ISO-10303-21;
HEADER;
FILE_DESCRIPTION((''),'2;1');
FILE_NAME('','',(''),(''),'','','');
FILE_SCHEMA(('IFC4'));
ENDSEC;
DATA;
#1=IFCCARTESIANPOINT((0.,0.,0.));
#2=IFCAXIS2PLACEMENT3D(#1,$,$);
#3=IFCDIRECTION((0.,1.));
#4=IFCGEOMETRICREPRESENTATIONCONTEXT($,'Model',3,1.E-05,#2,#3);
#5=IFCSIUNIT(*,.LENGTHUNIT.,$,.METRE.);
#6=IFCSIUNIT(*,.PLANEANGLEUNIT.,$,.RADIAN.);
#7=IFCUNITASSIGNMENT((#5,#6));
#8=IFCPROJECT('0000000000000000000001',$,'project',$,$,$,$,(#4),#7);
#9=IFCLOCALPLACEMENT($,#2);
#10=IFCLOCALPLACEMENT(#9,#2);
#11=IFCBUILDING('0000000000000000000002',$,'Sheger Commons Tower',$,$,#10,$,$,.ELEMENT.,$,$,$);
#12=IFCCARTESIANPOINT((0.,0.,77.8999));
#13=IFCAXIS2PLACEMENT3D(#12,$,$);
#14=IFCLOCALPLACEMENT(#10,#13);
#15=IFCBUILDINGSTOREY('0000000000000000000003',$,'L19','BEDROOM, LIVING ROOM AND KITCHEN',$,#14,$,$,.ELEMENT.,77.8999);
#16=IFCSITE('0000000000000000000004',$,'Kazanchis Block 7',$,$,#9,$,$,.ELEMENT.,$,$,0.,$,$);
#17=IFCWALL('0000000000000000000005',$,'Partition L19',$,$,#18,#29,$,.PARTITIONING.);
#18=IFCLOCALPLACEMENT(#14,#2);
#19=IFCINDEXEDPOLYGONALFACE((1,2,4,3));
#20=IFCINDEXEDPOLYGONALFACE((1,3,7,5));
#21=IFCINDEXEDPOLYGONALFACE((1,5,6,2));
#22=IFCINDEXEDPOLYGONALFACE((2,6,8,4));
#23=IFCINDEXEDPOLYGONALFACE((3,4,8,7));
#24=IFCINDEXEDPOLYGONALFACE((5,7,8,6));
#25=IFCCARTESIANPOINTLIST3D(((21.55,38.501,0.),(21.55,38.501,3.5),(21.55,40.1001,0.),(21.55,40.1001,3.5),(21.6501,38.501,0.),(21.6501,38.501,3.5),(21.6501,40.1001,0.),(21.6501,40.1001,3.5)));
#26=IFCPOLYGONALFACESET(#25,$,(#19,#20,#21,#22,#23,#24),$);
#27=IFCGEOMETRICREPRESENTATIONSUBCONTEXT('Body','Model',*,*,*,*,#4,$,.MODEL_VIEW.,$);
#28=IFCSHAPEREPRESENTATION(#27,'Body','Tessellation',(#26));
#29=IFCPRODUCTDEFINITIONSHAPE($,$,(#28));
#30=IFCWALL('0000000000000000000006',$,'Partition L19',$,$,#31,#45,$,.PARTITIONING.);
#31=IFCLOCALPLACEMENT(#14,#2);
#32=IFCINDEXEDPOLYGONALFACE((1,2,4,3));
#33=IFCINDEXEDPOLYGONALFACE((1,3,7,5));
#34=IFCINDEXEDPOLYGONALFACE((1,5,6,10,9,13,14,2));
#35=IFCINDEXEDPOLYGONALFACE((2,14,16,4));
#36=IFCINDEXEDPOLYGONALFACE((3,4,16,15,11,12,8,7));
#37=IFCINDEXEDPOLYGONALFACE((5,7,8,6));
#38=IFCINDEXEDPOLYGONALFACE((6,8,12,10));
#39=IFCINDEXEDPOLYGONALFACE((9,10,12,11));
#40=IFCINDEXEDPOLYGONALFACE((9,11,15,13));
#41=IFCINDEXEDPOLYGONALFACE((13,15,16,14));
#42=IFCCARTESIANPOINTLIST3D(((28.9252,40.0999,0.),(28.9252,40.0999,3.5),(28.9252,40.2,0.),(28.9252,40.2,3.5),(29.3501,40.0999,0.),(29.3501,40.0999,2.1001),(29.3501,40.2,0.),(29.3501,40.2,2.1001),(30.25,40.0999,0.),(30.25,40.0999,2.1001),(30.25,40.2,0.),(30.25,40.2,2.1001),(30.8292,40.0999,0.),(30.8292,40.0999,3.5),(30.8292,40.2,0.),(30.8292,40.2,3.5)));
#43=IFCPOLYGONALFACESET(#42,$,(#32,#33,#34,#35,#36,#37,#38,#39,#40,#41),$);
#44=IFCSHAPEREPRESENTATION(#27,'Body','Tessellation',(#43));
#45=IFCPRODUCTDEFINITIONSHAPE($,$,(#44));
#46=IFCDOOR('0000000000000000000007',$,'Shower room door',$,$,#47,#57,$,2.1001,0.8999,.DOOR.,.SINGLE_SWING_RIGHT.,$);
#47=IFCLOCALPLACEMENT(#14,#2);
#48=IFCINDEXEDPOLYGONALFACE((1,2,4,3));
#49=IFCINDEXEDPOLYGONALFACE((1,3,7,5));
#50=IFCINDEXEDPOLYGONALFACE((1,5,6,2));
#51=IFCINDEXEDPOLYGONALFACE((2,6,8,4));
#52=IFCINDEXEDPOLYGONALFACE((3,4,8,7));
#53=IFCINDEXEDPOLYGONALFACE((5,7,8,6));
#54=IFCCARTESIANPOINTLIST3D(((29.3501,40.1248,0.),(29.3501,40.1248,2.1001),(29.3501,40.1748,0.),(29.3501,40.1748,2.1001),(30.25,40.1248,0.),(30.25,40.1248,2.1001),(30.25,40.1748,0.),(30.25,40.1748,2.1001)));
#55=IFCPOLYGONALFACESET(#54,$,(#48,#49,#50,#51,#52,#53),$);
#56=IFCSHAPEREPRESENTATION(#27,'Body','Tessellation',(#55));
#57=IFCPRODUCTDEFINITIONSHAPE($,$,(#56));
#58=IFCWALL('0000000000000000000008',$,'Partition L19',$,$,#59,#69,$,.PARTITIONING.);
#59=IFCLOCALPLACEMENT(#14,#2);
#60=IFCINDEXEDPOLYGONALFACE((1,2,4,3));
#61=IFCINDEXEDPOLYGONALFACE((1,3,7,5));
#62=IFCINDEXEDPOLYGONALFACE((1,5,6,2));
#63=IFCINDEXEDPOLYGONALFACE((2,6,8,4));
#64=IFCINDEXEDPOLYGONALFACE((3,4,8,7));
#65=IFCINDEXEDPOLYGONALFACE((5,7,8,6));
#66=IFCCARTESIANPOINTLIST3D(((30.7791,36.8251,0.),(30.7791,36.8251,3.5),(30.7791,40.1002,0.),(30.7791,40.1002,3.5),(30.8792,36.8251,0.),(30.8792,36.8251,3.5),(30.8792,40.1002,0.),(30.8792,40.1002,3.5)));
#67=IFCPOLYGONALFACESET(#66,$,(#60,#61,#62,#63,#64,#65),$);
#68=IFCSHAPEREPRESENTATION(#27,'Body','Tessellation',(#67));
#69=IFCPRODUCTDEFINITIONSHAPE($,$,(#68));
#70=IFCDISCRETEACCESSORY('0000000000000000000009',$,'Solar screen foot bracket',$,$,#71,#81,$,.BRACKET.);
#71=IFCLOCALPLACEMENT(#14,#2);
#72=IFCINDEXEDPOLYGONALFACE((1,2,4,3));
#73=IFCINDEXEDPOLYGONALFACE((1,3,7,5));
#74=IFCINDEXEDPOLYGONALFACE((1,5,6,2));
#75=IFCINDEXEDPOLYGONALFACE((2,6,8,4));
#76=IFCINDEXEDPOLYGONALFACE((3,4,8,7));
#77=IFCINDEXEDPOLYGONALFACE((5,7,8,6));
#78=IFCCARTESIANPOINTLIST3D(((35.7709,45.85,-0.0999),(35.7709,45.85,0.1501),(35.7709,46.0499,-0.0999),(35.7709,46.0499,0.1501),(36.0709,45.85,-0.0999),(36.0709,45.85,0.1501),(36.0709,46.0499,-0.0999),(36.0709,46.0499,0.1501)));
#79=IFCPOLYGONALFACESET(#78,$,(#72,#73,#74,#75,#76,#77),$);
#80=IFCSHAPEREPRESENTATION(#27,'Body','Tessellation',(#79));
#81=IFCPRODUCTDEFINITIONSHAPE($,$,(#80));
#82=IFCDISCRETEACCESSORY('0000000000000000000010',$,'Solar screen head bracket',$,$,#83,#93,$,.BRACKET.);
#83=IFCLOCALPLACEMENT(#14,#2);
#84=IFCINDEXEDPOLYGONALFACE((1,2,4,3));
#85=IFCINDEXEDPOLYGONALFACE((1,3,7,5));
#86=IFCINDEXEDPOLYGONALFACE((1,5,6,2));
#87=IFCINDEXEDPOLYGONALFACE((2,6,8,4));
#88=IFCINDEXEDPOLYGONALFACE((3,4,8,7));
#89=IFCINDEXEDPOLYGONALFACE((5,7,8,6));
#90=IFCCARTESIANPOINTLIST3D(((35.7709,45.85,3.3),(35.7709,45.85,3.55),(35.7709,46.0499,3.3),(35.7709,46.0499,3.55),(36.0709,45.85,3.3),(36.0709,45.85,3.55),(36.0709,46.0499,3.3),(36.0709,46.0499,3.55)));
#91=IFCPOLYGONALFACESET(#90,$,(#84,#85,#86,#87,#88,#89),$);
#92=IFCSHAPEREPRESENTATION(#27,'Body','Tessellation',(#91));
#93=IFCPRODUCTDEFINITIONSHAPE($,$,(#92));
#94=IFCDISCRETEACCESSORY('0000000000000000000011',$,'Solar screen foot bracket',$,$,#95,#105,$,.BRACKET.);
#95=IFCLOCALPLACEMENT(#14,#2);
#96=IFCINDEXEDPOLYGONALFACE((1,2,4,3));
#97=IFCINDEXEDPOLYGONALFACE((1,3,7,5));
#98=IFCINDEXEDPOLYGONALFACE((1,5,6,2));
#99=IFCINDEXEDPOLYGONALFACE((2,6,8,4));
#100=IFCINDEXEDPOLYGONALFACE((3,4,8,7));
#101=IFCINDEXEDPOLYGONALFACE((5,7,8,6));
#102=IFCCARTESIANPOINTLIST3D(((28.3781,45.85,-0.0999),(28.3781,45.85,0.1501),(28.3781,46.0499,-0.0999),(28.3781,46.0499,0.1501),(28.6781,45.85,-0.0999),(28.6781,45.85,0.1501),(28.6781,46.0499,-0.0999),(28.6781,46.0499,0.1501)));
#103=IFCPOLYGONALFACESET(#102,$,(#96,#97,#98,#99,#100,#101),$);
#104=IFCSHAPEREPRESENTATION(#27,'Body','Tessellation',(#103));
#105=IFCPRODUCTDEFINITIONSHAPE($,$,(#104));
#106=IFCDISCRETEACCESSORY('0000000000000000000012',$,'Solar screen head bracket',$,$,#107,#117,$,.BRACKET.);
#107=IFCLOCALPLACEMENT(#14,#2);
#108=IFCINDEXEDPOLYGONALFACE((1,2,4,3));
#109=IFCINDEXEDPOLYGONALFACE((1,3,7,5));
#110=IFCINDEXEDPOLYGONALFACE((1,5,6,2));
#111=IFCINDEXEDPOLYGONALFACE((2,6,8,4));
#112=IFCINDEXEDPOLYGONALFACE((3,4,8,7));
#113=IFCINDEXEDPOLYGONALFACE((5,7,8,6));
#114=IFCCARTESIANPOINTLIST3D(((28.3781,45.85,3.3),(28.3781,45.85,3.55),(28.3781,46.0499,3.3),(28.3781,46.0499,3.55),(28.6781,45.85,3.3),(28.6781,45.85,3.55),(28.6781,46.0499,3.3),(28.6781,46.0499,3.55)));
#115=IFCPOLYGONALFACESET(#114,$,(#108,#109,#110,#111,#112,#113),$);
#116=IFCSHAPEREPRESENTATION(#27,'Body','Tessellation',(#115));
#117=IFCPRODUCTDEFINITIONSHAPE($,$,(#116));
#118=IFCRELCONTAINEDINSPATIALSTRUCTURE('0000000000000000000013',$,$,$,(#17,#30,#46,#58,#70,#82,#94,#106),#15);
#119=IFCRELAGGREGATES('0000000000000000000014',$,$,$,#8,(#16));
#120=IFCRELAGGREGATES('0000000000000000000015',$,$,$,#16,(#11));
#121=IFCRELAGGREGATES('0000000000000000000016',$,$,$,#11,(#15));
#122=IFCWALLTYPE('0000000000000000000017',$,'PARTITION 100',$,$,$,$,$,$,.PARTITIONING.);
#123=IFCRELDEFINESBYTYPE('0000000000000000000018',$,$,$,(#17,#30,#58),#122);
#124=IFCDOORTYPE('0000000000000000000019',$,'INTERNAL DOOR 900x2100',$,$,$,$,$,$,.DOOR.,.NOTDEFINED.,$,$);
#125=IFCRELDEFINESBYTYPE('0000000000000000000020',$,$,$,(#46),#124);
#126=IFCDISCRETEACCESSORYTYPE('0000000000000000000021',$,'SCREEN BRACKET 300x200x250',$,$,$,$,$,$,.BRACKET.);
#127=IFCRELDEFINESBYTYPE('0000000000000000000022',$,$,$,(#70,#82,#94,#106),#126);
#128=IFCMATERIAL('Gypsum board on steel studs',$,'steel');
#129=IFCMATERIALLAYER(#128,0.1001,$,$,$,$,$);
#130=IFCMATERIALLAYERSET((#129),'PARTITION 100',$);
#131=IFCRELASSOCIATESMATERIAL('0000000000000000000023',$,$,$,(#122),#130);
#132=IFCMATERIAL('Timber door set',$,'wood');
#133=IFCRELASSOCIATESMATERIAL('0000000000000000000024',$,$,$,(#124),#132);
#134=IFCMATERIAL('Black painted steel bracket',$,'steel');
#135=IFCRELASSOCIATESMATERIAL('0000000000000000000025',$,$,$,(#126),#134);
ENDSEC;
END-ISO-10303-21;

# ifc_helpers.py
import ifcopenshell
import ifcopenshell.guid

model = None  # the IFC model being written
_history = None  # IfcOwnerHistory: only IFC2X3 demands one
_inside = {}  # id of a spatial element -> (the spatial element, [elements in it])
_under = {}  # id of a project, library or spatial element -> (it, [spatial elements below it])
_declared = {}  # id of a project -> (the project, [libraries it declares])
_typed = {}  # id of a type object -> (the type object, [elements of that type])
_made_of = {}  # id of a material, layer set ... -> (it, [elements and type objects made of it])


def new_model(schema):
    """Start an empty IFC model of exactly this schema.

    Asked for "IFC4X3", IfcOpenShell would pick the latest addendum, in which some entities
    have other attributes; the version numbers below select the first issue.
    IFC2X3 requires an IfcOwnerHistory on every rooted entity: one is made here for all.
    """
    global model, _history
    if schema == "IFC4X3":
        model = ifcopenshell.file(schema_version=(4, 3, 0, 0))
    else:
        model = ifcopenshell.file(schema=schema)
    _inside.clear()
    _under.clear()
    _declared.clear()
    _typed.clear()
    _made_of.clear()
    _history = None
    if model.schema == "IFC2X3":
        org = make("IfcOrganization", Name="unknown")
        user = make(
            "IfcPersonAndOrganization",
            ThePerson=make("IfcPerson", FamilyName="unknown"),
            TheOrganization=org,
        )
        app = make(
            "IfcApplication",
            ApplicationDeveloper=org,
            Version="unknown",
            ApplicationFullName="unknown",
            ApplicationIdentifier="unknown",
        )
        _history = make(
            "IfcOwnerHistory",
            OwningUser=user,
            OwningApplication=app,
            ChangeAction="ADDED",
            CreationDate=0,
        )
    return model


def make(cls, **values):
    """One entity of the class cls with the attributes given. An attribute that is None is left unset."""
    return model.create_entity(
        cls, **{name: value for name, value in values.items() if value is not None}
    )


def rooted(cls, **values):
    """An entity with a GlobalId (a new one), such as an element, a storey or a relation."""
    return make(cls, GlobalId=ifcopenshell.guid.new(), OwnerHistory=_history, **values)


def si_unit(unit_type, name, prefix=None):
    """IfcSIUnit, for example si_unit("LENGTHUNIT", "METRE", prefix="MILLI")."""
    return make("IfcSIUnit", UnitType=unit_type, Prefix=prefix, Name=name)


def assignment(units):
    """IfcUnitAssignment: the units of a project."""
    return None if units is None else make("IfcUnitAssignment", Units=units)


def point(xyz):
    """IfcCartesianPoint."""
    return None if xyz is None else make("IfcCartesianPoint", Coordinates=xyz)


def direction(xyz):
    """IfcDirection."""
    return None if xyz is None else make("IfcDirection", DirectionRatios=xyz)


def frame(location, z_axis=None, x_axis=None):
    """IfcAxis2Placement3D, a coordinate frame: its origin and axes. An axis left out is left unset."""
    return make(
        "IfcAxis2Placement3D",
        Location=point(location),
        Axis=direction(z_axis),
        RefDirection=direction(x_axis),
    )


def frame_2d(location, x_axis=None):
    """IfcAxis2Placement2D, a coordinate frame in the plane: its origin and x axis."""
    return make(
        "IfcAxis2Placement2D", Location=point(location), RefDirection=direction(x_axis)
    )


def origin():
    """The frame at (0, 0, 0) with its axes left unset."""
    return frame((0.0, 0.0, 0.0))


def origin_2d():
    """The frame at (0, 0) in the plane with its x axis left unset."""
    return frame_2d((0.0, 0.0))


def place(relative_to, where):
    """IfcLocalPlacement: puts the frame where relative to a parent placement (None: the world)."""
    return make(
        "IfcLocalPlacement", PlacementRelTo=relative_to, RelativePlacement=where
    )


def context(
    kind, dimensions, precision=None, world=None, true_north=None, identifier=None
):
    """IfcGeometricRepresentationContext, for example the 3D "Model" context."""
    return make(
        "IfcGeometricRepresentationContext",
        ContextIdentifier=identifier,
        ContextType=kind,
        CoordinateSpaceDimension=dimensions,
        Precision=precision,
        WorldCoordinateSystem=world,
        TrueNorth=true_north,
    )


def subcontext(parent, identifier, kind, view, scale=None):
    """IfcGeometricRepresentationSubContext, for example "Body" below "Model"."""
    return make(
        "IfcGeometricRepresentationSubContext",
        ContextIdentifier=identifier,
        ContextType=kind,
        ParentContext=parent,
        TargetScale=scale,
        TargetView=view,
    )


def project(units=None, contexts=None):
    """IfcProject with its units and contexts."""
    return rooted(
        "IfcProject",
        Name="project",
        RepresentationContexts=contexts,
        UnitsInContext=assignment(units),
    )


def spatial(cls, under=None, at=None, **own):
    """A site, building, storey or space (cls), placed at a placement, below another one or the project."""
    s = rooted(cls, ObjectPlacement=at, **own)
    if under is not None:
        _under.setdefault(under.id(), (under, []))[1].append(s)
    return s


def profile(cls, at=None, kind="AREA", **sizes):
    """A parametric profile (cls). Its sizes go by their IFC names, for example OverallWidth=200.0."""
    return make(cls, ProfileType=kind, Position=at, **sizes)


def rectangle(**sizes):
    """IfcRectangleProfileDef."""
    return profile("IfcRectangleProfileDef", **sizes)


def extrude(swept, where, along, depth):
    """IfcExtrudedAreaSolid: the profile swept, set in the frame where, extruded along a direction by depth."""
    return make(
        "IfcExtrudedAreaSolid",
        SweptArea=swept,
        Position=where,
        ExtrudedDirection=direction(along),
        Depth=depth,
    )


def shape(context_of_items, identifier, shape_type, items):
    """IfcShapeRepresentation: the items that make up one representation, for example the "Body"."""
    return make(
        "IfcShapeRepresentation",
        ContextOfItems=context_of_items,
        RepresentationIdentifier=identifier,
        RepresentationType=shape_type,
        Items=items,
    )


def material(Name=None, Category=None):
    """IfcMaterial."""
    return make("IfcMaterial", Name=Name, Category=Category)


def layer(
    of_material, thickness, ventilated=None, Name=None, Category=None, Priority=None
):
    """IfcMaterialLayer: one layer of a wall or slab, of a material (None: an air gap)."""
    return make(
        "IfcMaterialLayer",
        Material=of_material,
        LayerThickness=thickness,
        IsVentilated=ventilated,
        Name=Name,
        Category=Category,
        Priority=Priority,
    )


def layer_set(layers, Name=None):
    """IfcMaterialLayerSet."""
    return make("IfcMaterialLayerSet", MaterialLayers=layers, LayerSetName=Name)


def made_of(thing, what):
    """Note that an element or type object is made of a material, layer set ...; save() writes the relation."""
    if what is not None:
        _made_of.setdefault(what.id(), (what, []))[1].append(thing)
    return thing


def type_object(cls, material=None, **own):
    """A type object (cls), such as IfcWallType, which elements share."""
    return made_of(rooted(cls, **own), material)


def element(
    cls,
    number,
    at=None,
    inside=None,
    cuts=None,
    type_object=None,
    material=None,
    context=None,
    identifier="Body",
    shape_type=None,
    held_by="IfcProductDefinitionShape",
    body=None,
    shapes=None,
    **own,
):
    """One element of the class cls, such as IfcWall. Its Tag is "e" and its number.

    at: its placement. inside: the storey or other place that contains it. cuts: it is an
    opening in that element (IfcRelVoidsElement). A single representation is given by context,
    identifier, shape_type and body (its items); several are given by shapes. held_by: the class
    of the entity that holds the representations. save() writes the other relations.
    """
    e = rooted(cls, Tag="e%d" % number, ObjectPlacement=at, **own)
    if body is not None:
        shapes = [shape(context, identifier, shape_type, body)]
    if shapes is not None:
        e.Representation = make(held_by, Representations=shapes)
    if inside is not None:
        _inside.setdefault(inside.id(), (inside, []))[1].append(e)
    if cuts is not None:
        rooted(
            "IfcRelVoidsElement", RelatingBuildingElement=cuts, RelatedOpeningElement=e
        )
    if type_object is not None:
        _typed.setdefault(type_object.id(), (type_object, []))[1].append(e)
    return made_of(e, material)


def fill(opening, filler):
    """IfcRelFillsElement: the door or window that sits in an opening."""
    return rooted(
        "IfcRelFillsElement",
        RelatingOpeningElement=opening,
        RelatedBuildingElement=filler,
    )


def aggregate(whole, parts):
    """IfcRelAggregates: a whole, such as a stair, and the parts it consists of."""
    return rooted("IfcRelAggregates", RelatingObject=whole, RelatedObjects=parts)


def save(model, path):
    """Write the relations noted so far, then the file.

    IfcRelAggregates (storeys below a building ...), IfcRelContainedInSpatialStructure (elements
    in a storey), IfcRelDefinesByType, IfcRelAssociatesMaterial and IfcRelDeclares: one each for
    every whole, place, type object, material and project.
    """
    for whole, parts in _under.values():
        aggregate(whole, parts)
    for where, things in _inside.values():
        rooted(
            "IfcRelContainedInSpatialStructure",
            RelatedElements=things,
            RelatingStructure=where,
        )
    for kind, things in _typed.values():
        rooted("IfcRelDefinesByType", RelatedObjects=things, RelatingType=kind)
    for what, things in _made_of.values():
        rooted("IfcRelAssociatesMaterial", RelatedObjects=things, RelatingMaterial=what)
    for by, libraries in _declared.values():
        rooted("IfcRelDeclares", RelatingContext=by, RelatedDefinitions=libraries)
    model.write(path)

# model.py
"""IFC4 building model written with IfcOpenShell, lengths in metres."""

from ifc_helpers import new_model, si_unit, direction, frame, frame_2d, origin, origin_2d, place, context, subcontext, project, spatial, rectangle, extrude, material, layer, layer_set, type_object, element, fill, save


model = new_model("IFC4")

# Units and contexts
model_context = context("Model", 3, precision=1e-05, world=origin(), true_north=direction((0.0, 1.0)))
body_context = subcontext(model_context, "Body", "Model", "MODEL_VIEW")
ifc_project = project(units=[si_unit("LENGTHUNIT", "METRE"), si_unit("PLANEANGLEUNIT", "RADIAN")], contexts=[model_context])

# Site, building, storey
site_placement = place(None, origin())
site = spatial("IfcSite", under=ifc_project, at=site_placement, Name="Kazanchis Block 7", CompositionType="ELEMENT", RefElevation=0.0)
building_placement = place(site_placement, origin())
building = spatial("IfcBuilding", under=site, at=building_placement, Name="Sheger Commons Tower", CompositionType="ELEMENT")
storey_placement = place(building_placement, frame((0.0, 0.0, 77.8999)))
storey = spatial("IfcBuildingStorey", under=building, at=storey_placement, Name="L19", Description="BEDROOM, LIVING ROOM AND KITCHEN", CompositionType="ELEMENT", Elevation=77.8999)

# Wall
ifc_material_1 = material(Name="Gypsum board on steel studs", Category="steel")
ifc_layer_1 = layer(ifc_material_1, 0.1001)
ifc_layer_set_1 = layer_set([ifc_layer_1], Name="PARTITION 100")
wall_type_1 = type_object("IfcWallType", Name="PARTITION 100", PredefinedType="PARTITIONING", material=ifc_layer_set_1)
wall_1_placement = place(storey_placement, frame((21.6001, 38.501, 0.0), z_axis=(0.0, 0.0, 1.0), x_axis=(0.0, 1.0, 0.0)))
element("IfcWall", 1, at=wall_1_placement, inside=storey, type_object=wall_type_1, Name="Partition L19", PredefinedType="PARTITIONING", context=body_context, shape_type="SweptSolid", body=[
    extrude(rectangle(XDim=1.5991, YDim=0.1001, at=frame_2d((0.7996, 0.0))), origin(), (0.0, 0.0, 1.0), 3.5),
])

# Wall, opening, door
wall_2_placement = place(storey_placement, frame((28.925, 40.1499, 0.0), z_axis=(0.0, 0.0, 1.0), x_axis=(1.0, 0.0, 0.0)))
wall_2 = element("IfcWall", 2, at=wall_2_placement, inside=storey, type_object=wall_type_1, Name="Partition L19", PredefinedType="PARTITIONING", context=body_context, shape_type="SweptSolid", body=[
    extrude(rectangle(XDim=1.9041, YDim=0.1001, at=frame_2d((0.9521, 0.0))), origin(), (0.0, 0.0, 1.0), 3.5),
])
opening_1_placement = place(wall_2_placement, frame((0.425, 0.0, 0.0)))
opening_1 = element("IfcOpeningElement", 3, at=opening_1_placement, cuts=wall_2, PredefinedType="OPENING", context=body_context, shape_type="SweptSolid", body=[
    extrude(rectangle(XDim=0.8999, YDim=2.1001, at=frame_2d((0.45, 1.05))), frame((0.0, 0.0601, 0.0), z_axis=(0.0, -1.0, 0.0), x_axis=(1.0, 0.0, 0.0)), (0.0, 0.0, 1.0), 0.1201),
])
ifc_material_2 = material(Name="Timber door set", Category="wood")
door_type_1 = type_object("IfcDoorType", Name="INTERNAL DOOR 900x2100", OperationType="NOTDEFINED", PredefinedType="DOOR", material=ifc_material_2)
door_1_placement = place(opening_1_placement, origin())
door_1 = element("IfcDoor", 4, at=door_1_placement, inside=storey, type_object=door_type_1, Name="Shower room door", OperationType="SINGLE_SWING_RIGHT", OverallHeight=2.1001, OverallWidth=0.8999, PredefinedType="DOOR", context=body_context, shape_type="SweptSolid", body=[
    extrude(rectangle(XDim=0.8999, YDim=2.1001, at=frame_2d((0.45, 1.05))), frame((0.0, 0.0249, 0.0), z_axis=(0.0, -1.0, 0.0), x_axis=(1.0, 0.0, 0.0)), (0.0, 0.0, 1.0), 0.05),
])
fill(opening_1, door_1)

# Wall
wall_3_placement = place(storey_placement, frame((30.8291, 36.825, 0.0), z_axis=(0.0, 0.0, 1.0), x_axis=(0.0, 1.0, 0.0)))
element("IfcWall", 5, at=wall_3_placement, inside=storey, type_object=wall_type_1, Name="Partition L19", PredefinedType="PARTITIONING", context=body_context, shape_type="SweptSolid", body=[
    extrude(rectangle(XDim=3.2751, YDim=0.1001, at=frame_2d((1.6377, 0.0))), origin(), (0.0, 0.0, 1.0), 3.5),
])

# Discrete accessories
ifc_material_3 = material(Name="Black painted steel bracket", Category="steel")
discrete_accessory_type = type_object("IfcDiscreteAccessoryType", Name="SCREEN BRACKET 300x200x250", PredefinedType="BRACKET", material=ifc_material_3)
for number, where, z_axis, x_axis, name in (
    (6, (35.9209, 45.95, -0.0999), (0.0, 0.0, 1.0), (-1.0, 0.0, 0.0), "Solar screen foot bracket"),
    (7, (35.9209, 45.95, 3.3), (0.0, 0.0, 1.0), (-1.0, 0.0, 0.0), "Solar screen head bracket"),
    (8, (28.5281, 45.95, -0.0999), (0.0, 0.0, 1.0), (-1.0, 0.0, 0.0), "Solar screen foot bracket"),
    (9, (28.5281, 45.95, 3.3), (0.0, 0.0, 1.0), (-1.0, 0.0, 0.0), "Solar screen head bracket"),
):
    element("IfcDiscreteAccessory", number, at=place(storey_placement, frame(where, z_axis=z_axis, x_axis=x_axis)), inside=storey, type_object=discrete_accessory_type, Name=name, PredefinedType="BRACKET", context=body_context, shape_type="SweptSolid", body=[
        extrude(rectangle(XDim=0.3, YDim=0.2, at=origin_2d()), origin(), (0.0, 0.0, 1.0), 0.25),
    ])

save(model, "model.ifc")
